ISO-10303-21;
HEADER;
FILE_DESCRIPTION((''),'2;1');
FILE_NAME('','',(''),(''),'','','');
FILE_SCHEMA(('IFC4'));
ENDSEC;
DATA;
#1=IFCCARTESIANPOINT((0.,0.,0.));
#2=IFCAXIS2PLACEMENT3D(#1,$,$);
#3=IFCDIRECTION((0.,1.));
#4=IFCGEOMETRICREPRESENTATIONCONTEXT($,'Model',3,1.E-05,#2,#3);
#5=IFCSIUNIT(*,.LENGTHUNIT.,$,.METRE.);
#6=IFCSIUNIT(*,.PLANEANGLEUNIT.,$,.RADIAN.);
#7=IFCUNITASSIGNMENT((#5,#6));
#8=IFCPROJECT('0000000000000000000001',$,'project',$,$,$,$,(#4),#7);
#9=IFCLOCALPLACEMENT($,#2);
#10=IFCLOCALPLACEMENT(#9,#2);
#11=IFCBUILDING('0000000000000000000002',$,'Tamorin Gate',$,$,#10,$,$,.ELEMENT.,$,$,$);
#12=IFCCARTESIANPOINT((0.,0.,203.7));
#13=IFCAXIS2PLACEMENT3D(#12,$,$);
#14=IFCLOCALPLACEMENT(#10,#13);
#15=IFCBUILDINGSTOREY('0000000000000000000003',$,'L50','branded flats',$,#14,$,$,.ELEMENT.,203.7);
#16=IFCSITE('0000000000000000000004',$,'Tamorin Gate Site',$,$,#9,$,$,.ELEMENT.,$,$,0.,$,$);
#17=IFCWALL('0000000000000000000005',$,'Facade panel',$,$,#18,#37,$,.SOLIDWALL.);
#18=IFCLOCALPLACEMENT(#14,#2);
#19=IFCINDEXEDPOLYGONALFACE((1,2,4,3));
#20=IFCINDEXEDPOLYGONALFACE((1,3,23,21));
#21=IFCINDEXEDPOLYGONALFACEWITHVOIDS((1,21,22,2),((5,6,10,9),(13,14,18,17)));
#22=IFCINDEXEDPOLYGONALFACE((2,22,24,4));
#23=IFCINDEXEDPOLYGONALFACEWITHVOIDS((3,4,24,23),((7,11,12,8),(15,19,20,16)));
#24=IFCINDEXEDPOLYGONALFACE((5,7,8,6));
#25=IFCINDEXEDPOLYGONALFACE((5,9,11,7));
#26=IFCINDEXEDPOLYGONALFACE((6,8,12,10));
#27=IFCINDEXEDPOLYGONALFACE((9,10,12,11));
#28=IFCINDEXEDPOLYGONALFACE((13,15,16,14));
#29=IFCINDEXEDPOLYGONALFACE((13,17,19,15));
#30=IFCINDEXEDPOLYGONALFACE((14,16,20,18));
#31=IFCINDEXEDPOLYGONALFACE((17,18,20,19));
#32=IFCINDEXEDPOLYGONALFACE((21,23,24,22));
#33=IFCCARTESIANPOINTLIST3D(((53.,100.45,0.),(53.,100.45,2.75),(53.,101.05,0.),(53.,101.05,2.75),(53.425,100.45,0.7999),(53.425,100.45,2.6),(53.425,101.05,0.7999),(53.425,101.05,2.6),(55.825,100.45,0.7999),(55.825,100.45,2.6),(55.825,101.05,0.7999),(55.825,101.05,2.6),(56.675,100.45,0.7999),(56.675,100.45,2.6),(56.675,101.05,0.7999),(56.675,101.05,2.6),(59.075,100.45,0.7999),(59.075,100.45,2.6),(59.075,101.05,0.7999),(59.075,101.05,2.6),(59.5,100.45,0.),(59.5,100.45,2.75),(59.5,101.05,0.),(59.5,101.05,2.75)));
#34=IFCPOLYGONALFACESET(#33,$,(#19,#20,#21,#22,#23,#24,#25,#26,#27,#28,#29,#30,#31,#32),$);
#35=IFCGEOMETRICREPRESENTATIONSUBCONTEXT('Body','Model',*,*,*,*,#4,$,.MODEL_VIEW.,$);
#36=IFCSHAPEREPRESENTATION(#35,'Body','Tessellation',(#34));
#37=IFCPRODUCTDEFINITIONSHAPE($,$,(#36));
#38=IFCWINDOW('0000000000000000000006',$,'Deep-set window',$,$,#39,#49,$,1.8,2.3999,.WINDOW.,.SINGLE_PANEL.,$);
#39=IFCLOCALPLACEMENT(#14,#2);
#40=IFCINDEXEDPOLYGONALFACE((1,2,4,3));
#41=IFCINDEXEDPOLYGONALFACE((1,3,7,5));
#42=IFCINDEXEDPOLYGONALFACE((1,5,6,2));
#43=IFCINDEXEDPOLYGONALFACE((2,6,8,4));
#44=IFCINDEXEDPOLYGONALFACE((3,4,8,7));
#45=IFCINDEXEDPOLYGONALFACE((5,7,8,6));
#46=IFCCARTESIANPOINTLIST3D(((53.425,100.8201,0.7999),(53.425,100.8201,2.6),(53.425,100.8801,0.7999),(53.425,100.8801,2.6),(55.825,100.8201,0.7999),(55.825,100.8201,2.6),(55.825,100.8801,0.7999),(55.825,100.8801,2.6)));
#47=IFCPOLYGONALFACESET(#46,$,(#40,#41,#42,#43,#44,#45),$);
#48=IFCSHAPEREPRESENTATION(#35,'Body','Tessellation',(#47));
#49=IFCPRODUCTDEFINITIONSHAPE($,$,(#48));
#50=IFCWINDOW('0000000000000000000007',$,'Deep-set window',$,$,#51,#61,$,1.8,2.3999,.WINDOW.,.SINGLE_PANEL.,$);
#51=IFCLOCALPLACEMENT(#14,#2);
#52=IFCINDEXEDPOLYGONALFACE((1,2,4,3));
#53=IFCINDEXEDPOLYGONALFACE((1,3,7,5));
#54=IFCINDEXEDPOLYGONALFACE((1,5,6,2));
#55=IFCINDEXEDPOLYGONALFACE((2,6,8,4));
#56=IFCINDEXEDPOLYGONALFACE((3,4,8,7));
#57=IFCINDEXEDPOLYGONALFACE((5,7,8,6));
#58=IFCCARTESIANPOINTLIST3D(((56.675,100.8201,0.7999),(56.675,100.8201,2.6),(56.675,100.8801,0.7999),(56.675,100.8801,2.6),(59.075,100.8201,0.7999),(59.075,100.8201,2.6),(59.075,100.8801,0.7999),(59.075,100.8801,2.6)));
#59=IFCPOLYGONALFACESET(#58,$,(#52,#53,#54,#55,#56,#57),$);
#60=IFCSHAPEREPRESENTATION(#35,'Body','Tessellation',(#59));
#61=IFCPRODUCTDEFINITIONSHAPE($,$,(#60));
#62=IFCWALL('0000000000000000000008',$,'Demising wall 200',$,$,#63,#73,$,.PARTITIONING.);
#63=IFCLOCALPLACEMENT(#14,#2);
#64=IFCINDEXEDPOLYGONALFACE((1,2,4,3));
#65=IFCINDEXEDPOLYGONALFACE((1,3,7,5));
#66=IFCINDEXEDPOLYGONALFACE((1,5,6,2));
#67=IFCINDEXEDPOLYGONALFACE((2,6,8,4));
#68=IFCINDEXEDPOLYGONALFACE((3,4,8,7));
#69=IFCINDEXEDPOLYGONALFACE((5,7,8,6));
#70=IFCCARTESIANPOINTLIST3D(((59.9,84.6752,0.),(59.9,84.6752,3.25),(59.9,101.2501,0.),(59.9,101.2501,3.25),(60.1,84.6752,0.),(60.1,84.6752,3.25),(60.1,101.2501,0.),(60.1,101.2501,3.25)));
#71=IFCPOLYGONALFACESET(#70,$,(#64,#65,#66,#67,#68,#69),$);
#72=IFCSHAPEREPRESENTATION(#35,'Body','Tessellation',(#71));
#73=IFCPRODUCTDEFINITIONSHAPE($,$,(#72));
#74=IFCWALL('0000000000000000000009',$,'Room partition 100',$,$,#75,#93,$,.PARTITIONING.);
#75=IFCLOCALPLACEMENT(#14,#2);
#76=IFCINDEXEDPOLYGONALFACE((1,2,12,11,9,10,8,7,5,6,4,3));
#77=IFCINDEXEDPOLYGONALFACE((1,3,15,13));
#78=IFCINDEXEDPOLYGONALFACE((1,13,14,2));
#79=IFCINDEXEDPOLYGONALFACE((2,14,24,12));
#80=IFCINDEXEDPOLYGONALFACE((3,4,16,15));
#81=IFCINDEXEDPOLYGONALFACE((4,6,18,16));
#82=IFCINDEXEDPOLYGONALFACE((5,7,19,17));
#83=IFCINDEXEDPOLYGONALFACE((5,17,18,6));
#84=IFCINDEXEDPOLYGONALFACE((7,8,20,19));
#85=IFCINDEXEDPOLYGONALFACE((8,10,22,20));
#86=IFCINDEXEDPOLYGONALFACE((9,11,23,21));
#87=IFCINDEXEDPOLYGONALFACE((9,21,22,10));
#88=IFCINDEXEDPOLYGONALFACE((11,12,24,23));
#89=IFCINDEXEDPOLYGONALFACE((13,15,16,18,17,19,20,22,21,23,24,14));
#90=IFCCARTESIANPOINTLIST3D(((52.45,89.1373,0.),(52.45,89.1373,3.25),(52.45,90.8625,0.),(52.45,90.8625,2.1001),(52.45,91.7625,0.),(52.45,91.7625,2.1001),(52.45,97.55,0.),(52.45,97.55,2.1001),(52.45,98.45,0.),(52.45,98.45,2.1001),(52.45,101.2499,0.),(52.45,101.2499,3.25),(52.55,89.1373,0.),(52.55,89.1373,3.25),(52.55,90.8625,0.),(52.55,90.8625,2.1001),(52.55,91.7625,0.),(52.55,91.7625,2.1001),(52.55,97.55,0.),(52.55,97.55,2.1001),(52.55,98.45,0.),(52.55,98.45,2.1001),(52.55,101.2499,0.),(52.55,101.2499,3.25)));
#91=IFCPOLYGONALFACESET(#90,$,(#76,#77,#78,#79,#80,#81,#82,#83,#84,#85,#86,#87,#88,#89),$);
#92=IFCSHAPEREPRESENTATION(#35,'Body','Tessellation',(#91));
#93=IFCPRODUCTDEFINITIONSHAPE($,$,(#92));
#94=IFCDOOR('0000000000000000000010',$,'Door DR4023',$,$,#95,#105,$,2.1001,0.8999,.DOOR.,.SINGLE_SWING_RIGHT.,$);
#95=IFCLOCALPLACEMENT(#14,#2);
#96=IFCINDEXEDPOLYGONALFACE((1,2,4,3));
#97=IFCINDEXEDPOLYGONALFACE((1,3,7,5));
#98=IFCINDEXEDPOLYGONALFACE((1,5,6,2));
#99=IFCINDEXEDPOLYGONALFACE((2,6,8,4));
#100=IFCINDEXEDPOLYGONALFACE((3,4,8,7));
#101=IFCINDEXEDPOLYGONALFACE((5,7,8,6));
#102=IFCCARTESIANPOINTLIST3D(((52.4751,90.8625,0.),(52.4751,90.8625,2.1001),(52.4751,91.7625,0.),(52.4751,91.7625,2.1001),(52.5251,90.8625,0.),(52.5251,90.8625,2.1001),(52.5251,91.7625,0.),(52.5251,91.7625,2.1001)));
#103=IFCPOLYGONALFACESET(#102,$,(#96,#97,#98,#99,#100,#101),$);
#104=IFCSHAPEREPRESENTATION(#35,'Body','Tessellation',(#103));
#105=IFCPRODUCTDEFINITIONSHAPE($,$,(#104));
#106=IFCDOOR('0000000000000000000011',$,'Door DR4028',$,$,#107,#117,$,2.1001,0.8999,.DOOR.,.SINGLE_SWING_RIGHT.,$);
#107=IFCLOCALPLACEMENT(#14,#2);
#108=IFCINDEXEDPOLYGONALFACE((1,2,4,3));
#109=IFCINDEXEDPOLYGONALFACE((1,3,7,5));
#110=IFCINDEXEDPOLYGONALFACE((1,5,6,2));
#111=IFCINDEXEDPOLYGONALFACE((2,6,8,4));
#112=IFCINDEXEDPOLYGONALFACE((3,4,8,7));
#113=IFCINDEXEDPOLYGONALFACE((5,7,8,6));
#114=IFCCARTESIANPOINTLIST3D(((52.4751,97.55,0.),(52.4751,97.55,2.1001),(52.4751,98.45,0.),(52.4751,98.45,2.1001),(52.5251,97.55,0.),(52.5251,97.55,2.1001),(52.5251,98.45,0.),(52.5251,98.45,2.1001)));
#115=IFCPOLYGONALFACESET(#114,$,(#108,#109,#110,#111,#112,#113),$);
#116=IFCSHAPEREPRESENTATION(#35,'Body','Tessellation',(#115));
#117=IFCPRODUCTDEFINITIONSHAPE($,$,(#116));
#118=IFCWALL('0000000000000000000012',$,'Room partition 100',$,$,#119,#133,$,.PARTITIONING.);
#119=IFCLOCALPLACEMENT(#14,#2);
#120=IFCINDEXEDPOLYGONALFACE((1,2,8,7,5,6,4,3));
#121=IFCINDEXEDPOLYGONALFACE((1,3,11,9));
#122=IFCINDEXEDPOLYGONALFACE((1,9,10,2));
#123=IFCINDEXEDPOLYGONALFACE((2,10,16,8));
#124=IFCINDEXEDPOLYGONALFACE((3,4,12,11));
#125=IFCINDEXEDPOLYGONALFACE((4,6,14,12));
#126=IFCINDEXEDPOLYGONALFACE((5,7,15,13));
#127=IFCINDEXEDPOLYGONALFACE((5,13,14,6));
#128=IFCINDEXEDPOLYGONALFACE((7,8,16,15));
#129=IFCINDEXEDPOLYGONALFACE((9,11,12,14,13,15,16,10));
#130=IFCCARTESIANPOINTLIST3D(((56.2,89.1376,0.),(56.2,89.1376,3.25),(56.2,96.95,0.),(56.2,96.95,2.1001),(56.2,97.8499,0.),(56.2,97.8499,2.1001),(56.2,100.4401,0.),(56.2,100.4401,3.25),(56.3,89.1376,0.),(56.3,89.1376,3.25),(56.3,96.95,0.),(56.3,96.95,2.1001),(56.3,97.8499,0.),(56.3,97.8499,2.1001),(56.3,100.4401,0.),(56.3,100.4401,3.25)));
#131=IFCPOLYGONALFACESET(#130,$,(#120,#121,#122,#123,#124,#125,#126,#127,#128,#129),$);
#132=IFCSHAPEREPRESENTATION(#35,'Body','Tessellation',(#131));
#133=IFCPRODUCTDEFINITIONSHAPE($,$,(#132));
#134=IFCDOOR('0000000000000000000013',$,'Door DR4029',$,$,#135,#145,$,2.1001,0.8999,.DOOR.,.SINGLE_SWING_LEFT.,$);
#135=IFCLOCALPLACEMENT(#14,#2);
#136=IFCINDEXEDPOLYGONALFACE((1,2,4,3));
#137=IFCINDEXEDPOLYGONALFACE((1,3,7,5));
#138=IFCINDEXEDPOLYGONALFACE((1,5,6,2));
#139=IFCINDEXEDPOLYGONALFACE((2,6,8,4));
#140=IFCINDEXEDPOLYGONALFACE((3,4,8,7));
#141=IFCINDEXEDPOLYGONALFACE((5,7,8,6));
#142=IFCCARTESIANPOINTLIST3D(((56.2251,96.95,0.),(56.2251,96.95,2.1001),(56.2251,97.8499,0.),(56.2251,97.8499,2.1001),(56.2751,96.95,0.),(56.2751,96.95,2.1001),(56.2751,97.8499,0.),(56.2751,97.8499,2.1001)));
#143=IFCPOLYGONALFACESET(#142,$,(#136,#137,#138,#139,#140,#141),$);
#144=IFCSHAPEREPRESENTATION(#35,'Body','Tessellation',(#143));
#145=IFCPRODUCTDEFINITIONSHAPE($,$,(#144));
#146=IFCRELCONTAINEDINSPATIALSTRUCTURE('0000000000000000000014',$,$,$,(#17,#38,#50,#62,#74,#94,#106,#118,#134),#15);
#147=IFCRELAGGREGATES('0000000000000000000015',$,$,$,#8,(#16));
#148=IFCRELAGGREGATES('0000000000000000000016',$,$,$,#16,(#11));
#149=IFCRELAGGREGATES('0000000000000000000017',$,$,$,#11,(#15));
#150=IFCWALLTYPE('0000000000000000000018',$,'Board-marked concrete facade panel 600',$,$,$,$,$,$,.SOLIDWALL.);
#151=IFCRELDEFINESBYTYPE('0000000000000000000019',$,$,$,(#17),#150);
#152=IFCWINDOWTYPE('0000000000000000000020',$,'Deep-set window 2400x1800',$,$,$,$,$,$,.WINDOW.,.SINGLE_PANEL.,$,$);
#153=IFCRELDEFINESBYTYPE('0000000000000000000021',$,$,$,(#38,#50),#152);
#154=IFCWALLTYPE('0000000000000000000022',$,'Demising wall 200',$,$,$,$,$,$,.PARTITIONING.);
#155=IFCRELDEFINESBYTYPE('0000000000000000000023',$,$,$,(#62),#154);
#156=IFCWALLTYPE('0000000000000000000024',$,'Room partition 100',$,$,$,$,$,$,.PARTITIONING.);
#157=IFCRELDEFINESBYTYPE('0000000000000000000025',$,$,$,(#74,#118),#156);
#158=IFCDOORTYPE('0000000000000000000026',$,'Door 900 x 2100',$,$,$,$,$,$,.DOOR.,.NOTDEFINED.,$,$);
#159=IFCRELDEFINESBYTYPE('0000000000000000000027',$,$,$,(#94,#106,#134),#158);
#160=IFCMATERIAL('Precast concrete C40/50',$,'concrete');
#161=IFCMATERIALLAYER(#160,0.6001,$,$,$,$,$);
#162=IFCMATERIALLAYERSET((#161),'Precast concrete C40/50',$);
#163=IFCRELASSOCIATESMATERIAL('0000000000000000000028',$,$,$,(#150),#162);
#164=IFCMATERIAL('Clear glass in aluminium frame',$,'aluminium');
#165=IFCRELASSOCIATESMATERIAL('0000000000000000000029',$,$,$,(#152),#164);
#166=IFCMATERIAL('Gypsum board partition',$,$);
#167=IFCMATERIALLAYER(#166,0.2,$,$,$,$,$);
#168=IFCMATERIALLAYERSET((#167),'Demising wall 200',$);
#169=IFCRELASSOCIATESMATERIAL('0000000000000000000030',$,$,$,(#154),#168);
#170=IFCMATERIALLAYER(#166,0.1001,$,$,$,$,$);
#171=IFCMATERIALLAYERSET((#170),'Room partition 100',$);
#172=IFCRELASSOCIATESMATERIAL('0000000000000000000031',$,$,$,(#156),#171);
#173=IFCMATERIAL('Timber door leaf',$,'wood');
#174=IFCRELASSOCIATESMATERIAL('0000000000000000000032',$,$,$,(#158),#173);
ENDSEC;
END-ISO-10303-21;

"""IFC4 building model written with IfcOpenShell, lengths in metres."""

from ifc_helpers import new_model, si_unit, direction, frame, frame_2d, origin, place, context, subcontext, project, spatial, rectangle, extrude, material, layer, layer_set, type_object, element, fill, save


model = new_model("IFC4")

# Units and contexts
model_context = context("Model", 3, precision=1e-05, world=origin(), true_north=direction((0.0, 1.0)))
body_context = subcontext(model_context, "Body", "Model", "MODEL_VIEW")
ifc_project = project(units=[si_unit("LENGTHUNIT", "METRE"), si_unit("PLANEANGLEUNIT", "RADIAN")], contexts=[model_context])

# Site, building, storey
site_placement = place(None, origin())
site = spatial("IfcSite", under=ifc_project, at=site_placement, Name="Tamorin Gate Site", CompositionType="ELEMENT", RefElevation=0.0)
building_placement = place(site_placement, origin())
building = spatial("IfcBuilding", under=site, at=building_placement, Name="Tamorin Gate", CompositionType="ELEMENT")
storey_placement = place(building_placement, frame((0.0, 0.0, 203.7)))
storey = spatial("IfcBuildingStorey", under=building, at=storey_placement, Name="L50", Description="branded flats", CompositionType="ELEMENT", Elevation=203.7)

# Wall, openings, windows
ifc_material_1 = material(Name="Precast concrete C40/50", Category="concrete")
ifc_layer_1 = layer(ifc_material_1, 0.6001)
ifc_layer_set_1 = layer_set([ifc_layer_1], Name="Precast concrete C40/50")
wall_type_1 = type_object("IfcWallType", Name="Board-marked concrete facade panel 600", PredefinedType="SOLIDWALL", material=ifc_layer_set_1)
ifc_material_2 = material(Name="Clear glass in aluminium frame", Category="aluminium")
window_type = type_object("IfcWindowType", Name="Deep-set window 2400x1800", PartitioningType="SINGLE_PANEL", PredefinedType="WINDOW", material=ifc_material_2)
wall_1_placement = place(storey_placement, frame((59.5, 100.75, 0.0), z_axis=(0.0, 0.0, 1.0), x_axis=(-1.0, 0.0, 0.0)))
wall_1 = element("IfcWall", 1, at=wall_1_placement, inside=storey, type_object=wall_type_1, Name="Facade panel", PredefinedType="SOLIDWALL", context=body_context, shape_type="SweptSolid", body=[
    extrude(rectangle(XDim=6.5, YDim=0.6001, at=frame_2d((3.25, 0.0))), origin(), (0.0, 0.0, 1.0), 2.75),
])
opening_1_placement = place(wall_1_placement, frame((3.675, 0.0, 0.8)))
opening_1 = element("IfcOpeningElement", 2, at=opening_1_placement, cuts=wall_1, PredefinedType="OPENING", context=body_context, shape_type="SweptSolid", body=[
    extrude(rectangle(XDim=2.3999, YDim=1.8, at=frame_2d((1.2, 0.8999))), frame((0.0, 0.3101, 0.0), z_axis=(0.0, -1.0, 0.0), x_axis=(1.0, 0.0, 0.0)), (0.0, 0.0, 1.0), 0.6201),
])
opening_2_placement = place(wall_1_placement, frame((0.425, 0.0, 0.8)))
opening_2 = element("IfcOpeningElement", 3, at=opening_2_placement, cuts=wall_1, PredefinedType="OPENING", context=body_context, shape_type="SweptSolid", body=[
    extrude(rectangle(XDim=2.3999, YDim=1.8, at=frame_2d((1.2, 0.8999))), frame((0.0, 0.3101, 0.0), z_axis=(0.0, -1.0, 0.0), x_axis=(1.0, 0.0, 0.0)), (0.0, 0.0, 1.0), 0.6201),
])
window_1_placement = place(opening_1_placement, origin())
window_1 = element("IfcWindow", 4, at=window_1_placement, inside=storey, type_object=window_type, Name="Deep-set window", OverallHeight=1.8, OverallWidth=2.3999, PartitioningType="SINGLE_PANEL", PredefinedType="WINDOW", context=body_context, shape_type="SweptSolid", body=[
    extrude(rectangle(XDim=2.3999, YDim=1.8, at=frame_2d((1.2, 0.8999))), frame((0.0, -0.0701, 0.0), z_axis=(0.0, -1.0, 0.0), x_axis=(1.0, 0.0, 0.0)), (0.0, 0.0, 1.0), 0.0601),
])
fill(opening_1, window_1)
window_2_placement = place(opening_2_placement, origin())
window_2 = element("IfcWindow", 5, at=window_2_placement, inside=storey, type_object=window_type, Name="Deep-set window", OverallHeight=1.8, OverallWidth=2.3999, PartitioningType="SINGLE_PANEL", PredefinedType="WINDOW", context=body_context, shape_type="SweptSolid", body=[
    extrude(rectangle(XDim=2.3999, YDim=1.8, at=frame_2d((1.2, 0.8999))), frame((0.0, -0.0701, 0.0), z_axis=(0.0, -1.0, 0.0), x_axis=(1.0, 0.0, 0.0)), (0.0, 0.0, 1.0), 0.0601),
])
fill(opening_2, window_2)

# Wall
ifc_material_3 = material(Name="Gypsum board partition")
ifc_layer_2 = layer(ifc_material_3, 0.2)
ifc_layer_set_2 = layer_set([ifc_layer_2], Name="Demising wall 200")
wall_type_2 = type_object("IfcWallType", Name="Demising wall 200", PredefinedType="PARTITIONING", material=ifc_layer_set_2)
wall_2_placement = place(storey_placement, frame((60.0, 84.675, 0.0), z_axis=(0.0, 0.0, 1.0), x_axis=(0.0, 1.0, 0.0)))
element("IfcWall", 6, at=wall_2_placement, inside=storey, type_object=wall_type_2, Name="Demising wall 200", PredefinedType="PARTITIONING", context=body_context, shape_type="SweptSolid", body=[
    extrude(rectangle(XDim=16.575, YDim=0.2, at=frame_2d((8.2876, 0.0))), origin(), (0.0, 0.0, 1.0), 3.25),
])

# Wall, openings, doors
ifc_layer_3 = layer(ifc_material_3, 0.1001)
ifc_layer_set_3 = layer_set([ifc_layer_3], Name="Room partition 100")
wall_type_3 = type_object("IfcWallType", Name="Room partition 100", PredefinedType="PARTITIONING", material=ifc_layer_set_3)
wall_3_placement = place(storey_placement, frame((52.5, 89.1375, 0.0), z_axis=(0.0, 0.0, 1.0), x_axis=(0.0, 1.0, 0.0)))
wall_3 = element("IfcWall", 7, at=wall_3_placement, inside=storey, type_object=wall_type_3, Name="Room partition 100", PredefinedType="PARTITIONING", context=body_context, shape_type="SweptSolid", body=[
    extrude(rectangle(XDim=12.1125, YDim=0.1001, at=frame_2d((6.0562, 0.0))), origin(), (0.0, 0.0, 1.0), 3.25),
])
opening_3_placement = place(wall_3_placement, frame((1.7251, 0.0, 0.0)))
opening_3 = element("IfcOpeningElement", 8, at=opening_3_placement, cuts=wall_3, PredefinedType="OPENING", context=body_context, shape_type="SweptSolid", body=[
    extrude(rectangle(XDim=0.8999, YDim=2.1001, at=frame_2d((0.45, 1.05))), frame((0.0, 0.0601, 0.0), z_axis=(0.0, -1.0, 0.0), x_axis=(1.0, 0.0, 0.0)), (0.0, 0.0, 1.0), 0.1201),
])
opening_4_placement = place(wall_3_placement, frame((8.4126, 0.0, 0.0)))
opening_4 = element("IfcOpeningElement", 9, at=opening_4_placement, cuts=wall_3, PredefinedType="OPENING", context=body_context, shape_type="SweptSolid", body=[
    extrude(rectangle(XDim=0.8999, YDim=2.1001, at=frame_2d((0.45, 1.05))), frame((0.0, 0.0601, 0.0), z_axis=(0.0, -1.0, 0.0), x_axis=(1.0, 0.0, 0.0)), (0.0, 0.0, 1.0), 0.1201),
])
ifc_material_4 = material(Name="Timber door leaf", Category="wood")
door_type = type_object("IfcDoorType", Name="Door 900 x 2100", OperationType="NOTDEFINED", PredefinedType="DOOR", material=ifc_material_4)
door_1_placement = place(opening_3_placement, origin())
door_1 = element("IfcDoor", 10, at=door_1_placement, inside=storey, type_object=door_type, Name="Door DR4023", OperationType="SINGLE_SWING_RIGHT", OverallHeight=2.1001, OverallWidth=0.8999, PredefinedType="DOOR", context=body_context, shape_type="SweptSolid", body=[
    extrude(rectangle(XDim=0.8999, YDim=2.1001, at=frame_2d((0.45, 1.05))), frame((0.0, 0.0249, 0.0), z_axis=(0.0, -1.0, 0.0), x_axis=(1.0, 0.0, 0.0)), (0.0, 0.0, 1.0), 0.05),
])
fill(opening_3, door_1)
door_2_placement = place(opening_4_placement, origin())
door_2 = element("IfcDoor", 11, at=door_2_placement, inside=storey, type_object=door_type, Name="Door DR4028", OperationType="SINGLE_SWING_RIGHT", OverallHeight=2.1001, OverallWidth=0.8999, PredefinedType="DOOR", context=body_context, shape_type="SweptSolid", body=[
    extrude(rectangle(XDim=0.8999, YDim=2.1001, at=frame_2d((0.45, 1.05))), frame((0.0, 0.0249, 0.0), z_axis=(0.0, -1.0, 0.0), x_axis=(1.0, 0.0, 0.0)), (0.0, 0.0, 1.0), 0.05),
])
fill(opening_4, door_2)

# Wall, opening, door
wall_4_placement = place(storey_placement, frame((56.25, 89.1375, 0.0), z_axis=(0.0, 0.0, 1.0), x_axis=(0.0, 1.0, 0.0)))
wall_4 = element("IfcWall", 12, at=wall_4_placement, inside=storey, type_object=wall_type_3, Name="Room partition 100", PredefinedType="PARTITIONING", context=body_context, shape_type="SweptSolid", body=[
    extrude(rectangle(XDim=11.3025, YDim=0.1001, at=frame_2d((5.6514, 0.0))), origin(), (0.0, 0.0, 1.0), 3.25),
])
opening_5_placement = place(wall_4_placement, frame((7.8125, 0.0, 0.0)))
opening_5 = element("IfcOpeningElement", 13, at=opening_5_placement, cuts=wall_4, PredefinedType="OPENING", context=body_context, shape_type="SweptSolid", body=[
    extrude(rectangle(XDim=0.8999, YDim=2.1001, at=frame_2d((0.45, 1.05))), frame((0.0, 0.0601, 0.0), z_axis=(0.0, -1.0, 0.0), x_axis=(1.0, 0.0, 0.0)), (0.0, 0.0, 1.0), 0.1201),
])
door_3_placement = place(opening_5_placement, origin())
door_3 = element("IfcDoor", 14, at=door_3_placement, inside=storey, type_object=door_type, Name="Door DR4029", OperationType="SINGLE_SWING_LEFT", OverallHeight=2.1001, OverallWidth=0.8999, PredefinedType="DOOR", context=body_context, shape_type="SweptSolid", body=[
    extrude(rectangle(XDim=0.8999, YDim=2.1001, at=frame_2d((0.45, 1.05))), frame((0.0, 0.0249, 0.0), z_axis=(0.0, -1.0, 0.0), x_axis=(1.0, 0.0, 0.0)), (0.0, 0.0, 1.0), 0.05),
])
fill(opening_5, door_3)

save(model, "model.ifc")
